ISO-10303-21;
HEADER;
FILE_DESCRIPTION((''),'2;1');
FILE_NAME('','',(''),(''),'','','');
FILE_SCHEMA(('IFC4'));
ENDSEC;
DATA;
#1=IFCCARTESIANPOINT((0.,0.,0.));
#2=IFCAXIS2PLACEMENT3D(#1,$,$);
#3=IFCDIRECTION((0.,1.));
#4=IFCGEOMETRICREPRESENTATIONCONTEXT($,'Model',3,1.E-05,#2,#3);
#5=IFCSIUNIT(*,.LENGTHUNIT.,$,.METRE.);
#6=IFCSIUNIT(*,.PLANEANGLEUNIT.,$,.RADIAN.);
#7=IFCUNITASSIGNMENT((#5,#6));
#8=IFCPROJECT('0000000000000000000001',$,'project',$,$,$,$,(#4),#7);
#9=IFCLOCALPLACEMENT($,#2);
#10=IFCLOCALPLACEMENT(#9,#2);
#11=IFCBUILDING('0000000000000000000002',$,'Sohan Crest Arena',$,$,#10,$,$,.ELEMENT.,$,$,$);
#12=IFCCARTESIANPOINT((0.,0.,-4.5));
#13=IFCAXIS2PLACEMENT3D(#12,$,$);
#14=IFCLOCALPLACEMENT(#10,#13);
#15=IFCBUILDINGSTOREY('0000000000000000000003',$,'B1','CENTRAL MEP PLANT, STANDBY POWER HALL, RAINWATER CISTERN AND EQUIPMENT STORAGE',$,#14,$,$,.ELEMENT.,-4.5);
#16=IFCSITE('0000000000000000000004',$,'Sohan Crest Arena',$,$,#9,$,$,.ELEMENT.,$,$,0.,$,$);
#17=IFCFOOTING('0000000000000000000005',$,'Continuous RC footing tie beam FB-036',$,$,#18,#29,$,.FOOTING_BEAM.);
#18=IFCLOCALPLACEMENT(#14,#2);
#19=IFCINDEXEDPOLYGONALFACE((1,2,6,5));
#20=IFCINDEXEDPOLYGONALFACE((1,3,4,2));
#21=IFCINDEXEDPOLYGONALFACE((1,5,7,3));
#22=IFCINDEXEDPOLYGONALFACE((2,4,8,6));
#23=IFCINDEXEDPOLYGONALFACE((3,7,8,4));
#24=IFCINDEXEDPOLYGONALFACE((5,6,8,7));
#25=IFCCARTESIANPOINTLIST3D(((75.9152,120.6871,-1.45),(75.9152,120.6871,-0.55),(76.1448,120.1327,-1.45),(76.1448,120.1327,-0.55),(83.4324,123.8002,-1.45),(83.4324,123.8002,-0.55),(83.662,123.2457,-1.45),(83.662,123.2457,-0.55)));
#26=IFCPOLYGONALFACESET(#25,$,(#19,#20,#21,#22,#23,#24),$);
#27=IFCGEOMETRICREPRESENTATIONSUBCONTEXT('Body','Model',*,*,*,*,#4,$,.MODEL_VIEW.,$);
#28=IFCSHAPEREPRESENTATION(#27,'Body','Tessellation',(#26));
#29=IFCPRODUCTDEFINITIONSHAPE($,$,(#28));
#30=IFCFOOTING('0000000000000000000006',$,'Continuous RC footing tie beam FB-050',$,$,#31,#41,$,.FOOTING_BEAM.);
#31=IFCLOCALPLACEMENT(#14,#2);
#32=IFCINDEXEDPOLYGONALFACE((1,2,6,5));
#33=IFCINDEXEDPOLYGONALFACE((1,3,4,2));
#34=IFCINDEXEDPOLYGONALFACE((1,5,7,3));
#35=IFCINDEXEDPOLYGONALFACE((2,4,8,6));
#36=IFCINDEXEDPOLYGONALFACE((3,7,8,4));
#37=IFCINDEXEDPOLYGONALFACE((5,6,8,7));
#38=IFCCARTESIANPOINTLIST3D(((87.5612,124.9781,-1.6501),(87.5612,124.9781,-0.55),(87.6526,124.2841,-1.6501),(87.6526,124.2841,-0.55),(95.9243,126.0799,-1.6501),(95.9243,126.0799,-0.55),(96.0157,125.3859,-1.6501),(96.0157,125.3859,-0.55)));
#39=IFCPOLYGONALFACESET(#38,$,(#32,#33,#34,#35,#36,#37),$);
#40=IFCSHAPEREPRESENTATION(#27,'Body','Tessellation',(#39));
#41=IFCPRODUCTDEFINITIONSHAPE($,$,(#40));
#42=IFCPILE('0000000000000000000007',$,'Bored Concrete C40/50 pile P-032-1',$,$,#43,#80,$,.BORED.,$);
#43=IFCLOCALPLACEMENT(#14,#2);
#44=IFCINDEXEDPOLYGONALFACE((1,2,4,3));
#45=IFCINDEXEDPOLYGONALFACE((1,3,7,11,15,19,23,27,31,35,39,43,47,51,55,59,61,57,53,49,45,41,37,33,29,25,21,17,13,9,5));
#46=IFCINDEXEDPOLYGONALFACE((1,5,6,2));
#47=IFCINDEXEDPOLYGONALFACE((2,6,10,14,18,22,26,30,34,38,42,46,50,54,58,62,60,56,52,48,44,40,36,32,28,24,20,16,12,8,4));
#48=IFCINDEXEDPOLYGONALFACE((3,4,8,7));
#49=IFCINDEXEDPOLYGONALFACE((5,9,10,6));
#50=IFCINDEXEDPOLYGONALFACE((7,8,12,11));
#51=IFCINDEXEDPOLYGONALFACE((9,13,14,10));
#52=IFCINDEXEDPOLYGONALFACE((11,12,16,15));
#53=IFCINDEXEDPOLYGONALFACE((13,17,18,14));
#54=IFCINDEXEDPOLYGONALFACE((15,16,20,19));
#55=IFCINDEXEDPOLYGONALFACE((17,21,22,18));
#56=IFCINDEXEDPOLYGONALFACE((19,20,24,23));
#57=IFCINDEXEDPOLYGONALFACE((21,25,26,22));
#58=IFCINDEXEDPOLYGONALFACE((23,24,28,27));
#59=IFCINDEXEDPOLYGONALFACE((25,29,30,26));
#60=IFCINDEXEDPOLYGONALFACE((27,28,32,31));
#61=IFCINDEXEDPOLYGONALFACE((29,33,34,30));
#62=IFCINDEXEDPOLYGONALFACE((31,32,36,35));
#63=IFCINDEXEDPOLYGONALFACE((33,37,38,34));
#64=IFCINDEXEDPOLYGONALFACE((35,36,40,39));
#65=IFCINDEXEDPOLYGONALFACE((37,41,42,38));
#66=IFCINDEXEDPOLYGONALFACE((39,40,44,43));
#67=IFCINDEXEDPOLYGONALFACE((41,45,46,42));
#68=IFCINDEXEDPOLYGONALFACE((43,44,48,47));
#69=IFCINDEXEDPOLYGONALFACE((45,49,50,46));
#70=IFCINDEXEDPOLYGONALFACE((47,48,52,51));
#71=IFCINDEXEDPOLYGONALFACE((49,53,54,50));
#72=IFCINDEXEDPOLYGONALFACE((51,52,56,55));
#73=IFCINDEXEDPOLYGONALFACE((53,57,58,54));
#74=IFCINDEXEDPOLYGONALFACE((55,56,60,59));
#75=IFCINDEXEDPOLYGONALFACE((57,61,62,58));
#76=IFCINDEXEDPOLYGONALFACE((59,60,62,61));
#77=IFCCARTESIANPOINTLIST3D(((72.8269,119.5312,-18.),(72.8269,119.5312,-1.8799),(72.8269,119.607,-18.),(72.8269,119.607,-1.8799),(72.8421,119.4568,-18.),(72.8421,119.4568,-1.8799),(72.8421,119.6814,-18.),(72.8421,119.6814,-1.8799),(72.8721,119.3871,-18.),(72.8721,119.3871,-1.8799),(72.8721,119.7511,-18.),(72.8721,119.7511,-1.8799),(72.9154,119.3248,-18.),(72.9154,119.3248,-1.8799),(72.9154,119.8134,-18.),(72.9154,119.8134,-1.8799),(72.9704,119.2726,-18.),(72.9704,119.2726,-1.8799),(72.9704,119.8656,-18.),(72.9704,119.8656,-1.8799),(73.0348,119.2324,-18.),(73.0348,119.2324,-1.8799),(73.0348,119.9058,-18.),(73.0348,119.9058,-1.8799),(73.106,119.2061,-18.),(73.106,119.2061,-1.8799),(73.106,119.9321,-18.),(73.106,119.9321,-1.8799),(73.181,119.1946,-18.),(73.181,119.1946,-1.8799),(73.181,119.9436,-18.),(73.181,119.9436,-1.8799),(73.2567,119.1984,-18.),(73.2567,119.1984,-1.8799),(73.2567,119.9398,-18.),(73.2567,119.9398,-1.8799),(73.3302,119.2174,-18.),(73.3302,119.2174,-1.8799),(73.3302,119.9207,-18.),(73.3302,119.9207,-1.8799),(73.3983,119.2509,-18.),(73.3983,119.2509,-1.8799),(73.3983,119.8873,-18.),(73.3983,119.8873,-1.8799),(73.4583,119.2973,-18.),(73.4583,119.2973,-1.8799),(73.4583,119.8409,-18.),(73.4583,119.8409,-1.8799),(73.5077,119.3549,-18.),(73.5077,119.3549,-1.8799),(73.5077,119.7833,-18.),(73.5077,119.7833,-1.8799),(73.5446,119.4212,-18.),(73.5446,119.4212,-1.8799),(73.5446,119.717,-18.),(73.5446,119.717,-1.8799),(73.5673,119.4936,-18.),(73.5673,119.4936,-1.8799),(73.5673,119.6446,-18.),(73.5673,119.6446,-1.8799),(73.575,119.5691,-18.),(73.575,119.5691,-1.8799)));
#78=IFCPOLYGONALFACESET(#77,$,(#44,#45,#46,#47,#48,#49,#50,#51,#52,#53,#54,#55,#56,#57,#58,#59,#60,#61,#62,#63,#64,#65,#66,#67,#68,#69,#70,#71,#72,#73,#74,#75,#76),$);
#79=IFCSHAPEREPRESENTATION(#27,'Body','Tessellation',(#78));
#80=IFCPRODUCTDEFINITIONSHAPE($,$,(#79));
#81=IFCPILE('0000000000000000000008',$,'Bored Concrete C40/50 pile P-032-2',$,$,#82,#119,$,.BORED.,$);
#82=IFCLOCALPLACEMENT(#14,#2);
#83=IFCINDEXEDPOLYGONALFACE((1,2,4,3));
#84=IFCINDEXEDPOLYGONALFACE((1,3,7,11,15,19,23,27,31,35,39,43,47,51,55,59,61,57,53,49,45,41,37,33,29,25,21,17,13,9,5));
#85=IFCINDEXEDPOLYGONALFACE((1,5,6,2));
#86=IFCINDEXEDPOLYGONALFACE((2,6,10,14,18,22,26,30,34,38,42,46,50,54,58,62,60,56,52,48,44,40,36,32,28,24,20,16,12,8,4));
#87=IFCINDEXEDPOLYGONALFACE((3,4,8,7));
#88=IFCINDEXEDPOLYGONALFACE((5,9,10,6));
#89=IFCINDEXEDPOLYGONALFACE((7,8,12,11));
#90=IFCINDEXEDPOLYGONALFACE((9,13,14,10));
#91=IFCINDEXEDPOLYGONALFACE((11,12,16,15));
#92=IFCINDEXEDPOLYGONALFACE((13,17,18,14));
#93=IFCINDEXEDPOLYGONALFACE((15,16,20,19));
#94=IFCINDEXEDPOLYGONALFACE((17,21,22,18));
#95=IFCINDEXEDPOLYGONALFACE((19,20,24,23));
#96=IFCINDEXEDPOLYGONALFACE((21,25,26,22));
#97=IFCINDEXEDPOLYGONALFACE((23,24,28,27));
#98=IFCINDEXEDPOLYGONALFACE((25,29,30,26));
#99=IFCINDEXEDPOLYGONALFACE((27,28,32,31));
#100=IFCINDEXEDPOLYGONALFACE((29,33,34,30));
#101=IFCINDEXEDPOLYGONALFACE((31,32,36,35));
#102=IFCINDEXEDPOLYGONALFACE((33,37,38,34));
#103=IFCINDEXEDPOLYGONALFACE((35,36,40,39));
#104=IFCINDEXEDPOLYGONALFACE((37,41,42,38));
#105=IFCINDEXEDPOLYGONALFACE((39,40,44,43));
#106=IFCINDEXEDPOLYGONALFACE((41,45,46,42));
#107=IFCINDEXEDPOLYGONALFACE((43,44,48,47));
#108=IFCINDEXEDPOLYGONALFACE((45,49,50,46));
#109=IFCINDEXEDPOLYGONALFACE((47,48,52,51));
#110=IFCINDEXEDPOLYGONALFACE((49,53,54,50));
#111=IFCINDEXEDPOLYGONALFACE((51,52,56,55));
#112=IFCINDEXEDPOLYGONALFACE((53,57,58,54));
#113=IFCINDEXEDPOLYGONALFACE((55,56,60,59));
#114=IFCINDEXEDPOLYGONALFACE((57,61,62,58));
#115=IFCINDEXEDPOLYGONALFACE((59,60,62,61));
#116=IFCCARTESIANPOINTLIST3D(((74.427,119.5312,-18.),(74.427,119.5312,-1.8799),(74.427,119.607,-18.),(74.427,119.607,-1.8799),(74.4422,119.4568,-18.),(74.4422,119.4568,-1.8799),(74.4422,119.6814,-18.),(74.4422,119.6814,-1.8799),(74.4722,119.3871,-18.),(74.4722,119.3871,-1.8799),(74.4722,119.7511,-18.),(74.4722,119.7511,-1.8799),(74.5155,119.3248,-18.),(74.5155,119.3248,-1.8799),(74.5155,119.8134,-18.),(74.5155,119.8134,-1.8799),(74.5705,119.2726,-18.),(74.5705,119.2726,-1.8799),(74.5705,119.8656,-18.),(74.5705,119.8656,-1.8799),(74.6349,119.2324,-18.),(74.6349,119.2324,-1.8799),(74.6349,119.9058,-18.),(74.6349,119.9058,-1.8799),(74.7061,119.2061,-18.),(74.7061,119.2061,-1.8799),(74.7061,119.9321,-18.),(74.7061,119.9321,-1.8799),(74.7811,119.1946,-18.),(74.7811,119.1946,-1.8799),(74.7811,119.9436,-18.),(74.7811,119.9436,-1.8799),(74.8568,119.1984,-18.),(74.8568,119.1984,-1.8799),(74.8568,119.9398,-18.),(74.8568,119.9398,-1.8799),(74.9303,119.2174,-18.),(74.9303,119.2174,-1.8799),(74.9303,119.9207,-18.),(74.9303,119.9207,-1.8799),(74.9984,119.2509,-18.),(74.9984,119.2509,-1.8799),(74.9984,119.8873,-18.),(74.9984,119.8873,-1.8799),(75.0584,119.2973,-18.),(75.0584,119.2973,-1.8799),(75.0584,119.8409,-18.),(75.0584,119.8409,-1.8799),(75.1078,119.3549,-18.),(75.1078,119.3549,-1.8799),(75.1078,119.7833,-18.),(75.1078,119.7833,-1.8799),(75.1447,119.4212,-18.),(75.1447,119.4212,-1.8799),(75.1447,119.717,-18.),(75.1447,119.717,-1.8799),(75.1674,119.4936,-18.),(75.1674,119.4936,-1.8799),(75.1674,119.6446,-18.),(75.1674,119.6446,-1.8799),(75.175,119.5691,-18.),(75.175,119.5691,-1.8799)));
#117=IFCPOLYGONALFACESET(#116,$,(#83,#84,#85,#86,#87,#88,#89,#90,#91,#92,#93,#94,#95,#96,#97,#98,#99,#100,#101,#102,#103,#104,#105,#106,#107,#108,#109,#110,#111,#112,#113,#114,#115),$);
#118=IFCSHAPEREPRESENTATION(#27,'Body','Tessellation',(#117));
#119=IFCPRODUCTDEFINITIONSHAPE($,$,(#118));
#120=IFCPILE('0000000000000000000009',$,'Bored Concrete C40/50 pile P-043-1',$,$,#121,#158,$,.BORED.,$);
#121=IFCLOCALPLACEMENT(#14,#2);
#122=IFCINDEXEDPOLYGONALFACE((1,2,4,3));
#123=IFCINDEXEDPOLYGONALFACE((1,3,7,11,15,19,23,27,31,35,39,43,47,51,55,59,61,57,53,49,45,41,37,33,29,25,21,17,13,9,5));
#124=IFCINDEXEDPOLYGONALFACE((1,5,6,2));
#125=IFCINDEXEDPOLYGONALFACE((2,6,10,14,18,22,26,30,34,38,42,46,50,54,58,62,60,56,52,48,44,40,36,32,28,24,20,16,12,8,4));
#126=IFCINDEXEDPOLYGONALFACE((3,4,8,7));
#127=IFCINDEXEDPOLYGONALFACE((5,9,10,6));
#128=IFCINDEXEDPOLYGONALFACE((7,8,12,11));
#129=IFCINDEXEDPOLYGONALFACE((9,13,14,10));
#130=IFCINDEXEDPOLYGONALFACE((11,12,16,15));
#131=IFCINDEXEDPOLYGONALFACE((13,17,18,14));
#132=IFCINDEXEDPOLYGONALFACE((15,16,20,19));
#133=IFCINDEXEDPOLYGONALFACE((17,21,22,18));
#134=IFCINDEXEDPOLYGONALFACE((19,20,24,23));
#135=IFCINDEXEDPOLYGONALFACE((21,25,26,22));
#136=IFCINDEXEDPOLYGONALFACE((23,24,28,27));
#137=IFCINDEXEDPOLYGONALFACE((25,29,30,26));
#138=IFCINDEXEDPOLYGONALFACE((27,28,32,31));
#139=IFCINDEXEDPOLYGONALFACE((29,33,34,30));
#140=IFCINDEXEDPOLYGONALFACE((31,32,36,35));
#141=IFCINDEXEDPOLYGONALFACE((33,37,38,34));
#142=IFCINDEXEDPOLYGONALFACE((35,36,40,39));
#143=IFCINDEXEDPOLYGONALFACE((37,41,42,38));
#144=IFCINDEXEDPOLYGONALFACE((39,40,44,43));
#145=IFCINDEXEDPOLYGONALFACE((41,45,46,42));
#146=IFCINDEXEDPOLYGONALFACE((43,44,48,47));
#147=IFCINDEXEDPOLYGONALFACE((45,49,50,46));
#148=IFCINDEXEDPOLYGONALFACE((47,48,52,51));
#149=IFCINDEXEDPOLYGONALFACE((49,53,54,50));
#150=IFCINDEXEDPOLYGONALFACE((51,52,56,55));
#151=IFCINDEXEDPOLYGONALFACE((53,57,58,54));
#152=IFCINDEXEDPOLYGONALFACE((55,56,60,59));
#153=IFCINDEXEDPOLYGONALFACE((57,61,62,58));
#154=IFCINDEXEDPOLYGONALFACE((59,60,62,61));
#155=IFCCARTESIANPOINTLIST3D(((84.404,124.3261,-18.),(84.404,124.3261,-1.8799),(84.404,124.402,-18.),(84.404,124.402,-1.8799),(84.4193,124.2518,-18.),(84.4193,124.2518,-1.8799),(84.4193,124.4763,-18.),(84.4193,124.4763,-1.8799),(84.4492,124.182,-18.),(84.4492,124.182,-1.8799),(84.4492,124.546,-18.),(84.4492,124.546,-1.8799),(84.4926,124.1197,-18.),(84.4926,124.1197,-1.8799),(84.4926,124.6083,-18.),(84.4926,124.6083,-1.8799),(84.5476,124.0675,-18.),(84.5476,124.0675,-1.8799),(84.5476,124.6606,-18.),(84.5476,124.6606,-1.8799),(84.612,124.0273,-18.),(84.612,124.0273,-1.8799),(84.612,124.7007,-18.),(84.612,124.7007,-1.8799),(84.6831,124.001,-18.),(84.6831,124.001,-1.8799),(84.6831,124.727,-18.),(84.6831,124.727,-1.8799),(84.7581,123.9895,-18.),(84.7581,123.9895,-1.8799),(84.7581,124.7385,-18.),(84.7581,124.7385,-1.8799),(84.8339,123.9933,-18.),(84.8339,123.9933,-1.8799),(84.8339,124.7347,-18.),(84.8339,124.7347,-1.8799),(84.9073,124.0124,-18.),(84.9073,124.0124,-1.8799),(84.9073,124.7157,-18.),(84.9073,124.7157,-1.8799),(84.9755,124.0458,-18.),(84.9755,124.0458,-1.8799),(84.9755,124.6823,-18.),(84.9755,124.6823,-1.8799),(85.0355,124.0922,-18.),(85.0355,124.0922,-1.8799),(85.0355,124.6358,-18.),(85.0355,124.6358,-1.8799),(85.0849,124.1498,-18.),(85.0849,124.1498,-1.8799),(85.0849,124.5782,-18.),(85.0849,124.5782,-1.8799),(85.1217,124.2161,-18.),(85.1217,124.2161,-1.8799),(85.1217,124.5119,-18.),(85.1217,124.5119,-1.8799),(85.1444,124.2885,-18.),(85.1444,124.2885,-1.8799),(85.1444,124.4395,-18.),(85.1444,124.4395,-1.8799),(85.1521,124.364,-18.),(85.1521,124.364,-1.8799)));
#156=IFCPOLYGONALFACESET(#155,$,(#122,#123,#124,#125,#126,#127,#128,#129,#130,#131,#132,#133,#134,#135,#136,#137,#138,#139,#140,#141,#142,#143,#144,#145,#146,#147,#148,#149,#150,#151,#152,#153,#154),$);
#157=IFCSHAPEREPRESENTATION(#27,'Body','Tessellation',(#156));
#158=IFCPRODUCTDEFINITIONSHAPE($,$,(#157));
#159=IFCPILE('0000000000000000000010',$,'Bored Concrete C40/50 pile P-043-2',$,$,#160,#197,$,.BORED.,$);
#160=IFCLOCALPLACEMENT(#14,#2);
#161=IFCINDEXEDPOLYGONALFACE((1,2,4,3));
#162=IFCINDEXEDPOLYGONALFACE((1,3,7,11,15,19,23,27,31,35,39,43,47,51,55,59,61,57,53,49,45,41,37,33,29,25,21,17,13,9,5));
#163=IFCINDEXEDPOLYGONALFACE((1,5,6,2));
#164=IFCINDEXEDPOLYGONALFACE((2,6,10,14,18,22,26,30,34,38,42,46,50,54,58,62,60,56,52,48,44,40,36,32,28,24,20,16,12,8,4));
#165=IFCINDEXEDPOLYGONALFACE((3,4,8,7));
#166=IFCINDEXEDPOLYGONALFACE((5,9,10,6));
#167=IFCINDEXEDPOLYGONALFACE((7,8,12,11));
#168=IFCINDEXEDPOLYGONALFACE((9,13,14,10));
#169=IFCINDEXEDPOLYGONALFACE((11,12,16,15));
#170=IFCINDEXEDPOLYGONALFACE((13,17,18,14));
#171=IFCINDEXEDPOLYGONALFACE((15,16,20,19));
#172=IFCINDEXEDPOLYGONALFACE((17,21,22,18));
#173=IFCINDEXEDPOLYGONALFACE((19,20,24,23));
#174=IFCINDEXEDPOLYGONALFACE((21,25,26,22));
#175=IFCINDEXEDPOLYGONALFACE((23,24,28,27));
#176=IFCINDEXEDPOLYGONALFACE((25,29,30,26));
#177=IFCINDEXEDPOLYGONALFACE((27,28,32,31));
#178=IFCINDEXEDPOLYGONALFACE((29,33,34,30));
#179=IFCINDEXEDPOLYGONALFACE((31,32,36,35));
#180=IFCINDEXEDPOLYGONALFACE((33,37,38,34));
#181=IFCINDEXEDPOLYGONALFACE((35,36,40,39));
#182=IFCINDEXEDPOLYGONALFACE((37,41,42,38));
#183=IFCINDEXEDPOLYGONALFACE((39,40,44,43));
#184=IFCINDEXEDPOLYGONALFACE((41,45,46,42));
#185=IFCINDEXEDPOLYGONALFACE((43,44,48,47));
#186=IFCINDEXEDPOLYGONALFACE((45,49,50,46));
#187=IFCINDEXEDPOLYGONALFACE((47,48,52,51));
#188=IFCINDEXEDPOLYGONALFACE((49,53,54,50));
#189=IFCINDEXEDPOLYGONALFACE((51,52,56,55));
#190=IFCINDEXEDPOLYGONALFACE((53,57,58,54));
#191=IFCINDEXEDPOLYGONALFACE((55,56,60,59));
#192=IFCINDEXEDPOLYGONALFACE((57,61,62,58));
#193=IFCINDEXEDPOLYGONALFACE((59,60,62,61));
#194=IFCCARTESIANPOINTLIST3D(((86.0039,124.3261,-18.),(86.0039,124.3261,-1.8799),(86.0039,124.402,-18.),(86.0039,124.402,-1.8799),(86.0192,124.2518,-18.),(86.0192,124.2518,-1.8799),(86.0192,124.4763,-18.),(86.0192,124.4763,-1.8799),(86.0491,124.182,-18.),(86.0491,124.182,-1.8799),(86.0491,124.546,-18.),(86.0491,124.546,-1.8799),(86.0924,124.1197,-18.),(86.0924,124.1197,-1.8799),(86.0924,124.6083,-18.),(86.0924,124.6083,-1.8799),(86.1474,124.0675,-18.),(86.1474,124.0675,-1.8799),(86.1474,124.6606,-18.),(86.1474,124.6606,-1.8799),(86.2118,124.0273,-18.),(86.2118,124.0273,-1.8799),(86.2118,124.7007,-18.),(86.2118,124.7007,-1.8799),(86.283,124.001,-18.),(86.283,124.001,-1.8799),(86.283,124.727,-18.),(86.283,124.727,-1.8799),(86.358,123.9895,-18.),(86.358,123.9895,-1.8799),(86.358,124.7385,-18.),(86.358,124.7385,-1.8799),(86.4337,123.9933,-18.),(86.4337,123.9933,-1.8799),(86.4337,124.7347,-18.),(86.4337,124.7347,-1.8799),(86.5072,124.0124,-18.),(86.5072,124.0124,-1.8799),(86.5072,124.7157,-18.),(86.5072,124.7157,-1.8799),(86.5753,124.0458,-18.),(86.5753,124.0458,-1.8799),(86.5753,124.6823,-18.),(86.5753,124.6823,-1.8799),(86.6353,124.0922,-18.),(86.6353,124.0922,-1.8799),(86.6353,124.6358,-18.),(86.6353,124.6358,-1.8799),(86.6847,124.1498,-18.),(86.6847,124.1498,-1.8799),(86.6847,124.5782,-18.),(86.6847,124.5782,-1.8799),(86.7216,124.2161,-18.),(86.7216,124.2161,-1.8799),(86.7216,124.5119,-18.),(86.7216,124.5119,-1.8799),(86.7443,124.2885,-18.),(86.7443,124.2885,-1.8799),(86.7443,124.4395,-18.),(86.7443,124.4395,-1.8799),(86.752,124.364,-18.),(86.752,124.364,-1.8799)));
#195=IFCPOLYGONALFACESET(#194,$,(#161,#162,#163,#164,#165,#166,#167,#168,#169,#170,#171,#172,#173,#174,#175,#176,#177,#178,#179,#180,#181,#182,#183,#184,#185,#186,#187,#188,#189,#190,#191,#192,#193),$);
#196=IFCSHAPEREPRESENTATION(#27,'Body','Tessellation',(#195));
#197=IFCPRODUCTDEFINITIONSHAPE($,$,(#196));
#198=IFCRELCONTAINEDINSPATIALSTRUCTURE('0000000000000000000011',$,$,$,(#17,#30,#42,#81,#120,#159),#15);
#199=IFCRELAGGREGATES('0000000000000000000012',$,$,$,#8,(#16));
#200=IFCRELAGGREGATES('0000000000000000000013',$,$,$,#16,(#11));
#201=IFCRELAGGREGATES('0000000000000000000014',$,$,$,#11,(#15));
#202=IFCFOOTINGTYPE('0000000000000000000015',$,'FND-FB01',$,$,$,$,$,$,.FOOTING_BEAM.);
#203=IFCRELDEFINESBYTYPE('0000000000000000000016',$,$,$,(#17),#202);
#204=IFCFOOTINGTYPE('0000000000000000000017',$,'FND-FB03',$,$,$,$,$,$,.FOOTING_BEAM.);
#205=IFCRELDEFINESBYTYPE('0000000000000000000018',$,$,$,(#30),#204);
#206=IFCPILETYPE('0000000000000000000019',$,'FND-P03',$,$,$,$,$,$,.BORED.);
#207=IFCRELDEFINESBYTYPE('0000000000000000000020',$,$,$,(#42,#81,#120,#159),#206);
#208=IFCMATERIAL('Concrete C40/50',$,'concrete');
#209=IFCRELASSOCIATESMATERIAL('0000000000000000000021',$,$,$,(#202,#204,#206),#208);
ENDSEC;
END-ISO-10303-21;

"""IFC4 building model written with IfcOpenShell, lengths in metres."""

from ifc_helpers import new_model, si_unit, direction, frame, origin, origin_2d, place, context, subcontext, project, spatial, rectangle, circle, extrude, material, material_profile, profile_set, type_object, element, save


model = new_model("IFC4")

# Units and contexts
model_context = context("Model", 3, precision=1e-05, world=origin(), true_north=direction((0.0, 1.0)))
body_context = subcontext(model_context, "Body", "Model", "MODEL_VIEW")
ifc_project = project(units=[si_unit("LENGTHUNIT", "METRE"), si_unit("PLANEANGLEUNIT", "RADIAN")], contexts=[model_context])

# Site, building, storey
site_placement = place(None, origin())
site = spatial("IfcSite", under=ifc_project, at=site_placement, Name="Sohan Crest Arena", CompositionType="ELEMENT", RefElevation=0.0)
building_placement = place(site_placement, origin())
building = spatial("IfcBuilding", under=site, at=building_placement, Name="Sohan Crest Arena", CompositionType="ELEMENT")
storey_placement = place(building_placement, frame((0.0, 0.0, -4.5)))
storey = spatial("IfcBuildingStorey", under=building, at=storey_placement, Name="B1", Description="CENTRAL MEP PLANT, STANDBY POWER HALL, RAINWATER CISTERN AND EQUIPMENT STORAGE", CompositionType="ELEMENT", Elevation=-4.5)

# Footings
ifc_material_1 = material(Name="Concrete C40/50", Category="concrete")
ifc_material_profile_1 = material_profile(ifc_material_1, rectangle(XDim=0.6001, YDim=0.8999, at=origin_2d()), Name="RC-FB 600x900")
ifc_profile_set_1 = profile_set([ifc_material_profile_1], Name="Concrete C40/50")
footing_type_1 = type_object("IfcFootingType", Name="FND-FB01", PredefinedType="FOOTING_BEAM", material=ifc_profile_set_1)
footing_1_placement = place(storey_placement, frame((76.03, 120.4099, -1.0), z_axis=(0.923907, 0.382616, 0.0), x_axis=(-0.382616, 0.923907, 0.0)))
element("IfcFooting", 1, at=footing_1_placement, inside=storey, type_object=footing_type_1, Name="Continuous RC footing tie beam FB-036", PredefinedType="FOOTING_BEAM", context=body_context, shape_type="SweptSolid", body=[
    extrude(rectangle(XDim=0.6001, YDim=0.8999, at=origin_2d()), origin(), (0.0, 0.0, 1.0), 8.1362),
])
ifc_material_profile_2 = material_profile(ifc_material_1, rectangle(XDim=0.7, YDim=1.1001, at=origin_2d()), Name="RC-FB 700x1100")
ifc_profile_set_2 = profile_set([ifc_material_profile_2], Name="Concrete C40/50")
footing_type_2 = type_object("IfcFootingType", Name="FND-FB03", PredefinedType="FOOTING_BEAM", material=ifc_profile_set_2)
footing_2_placement = place(storey_placement, frame((87.6069, 124.6311, -1.1001), z_axis=(0.991433, 0.130618, 0.0), x_axis=(-0.130618, 0.991433, 0.0)))
element("IfcFooting", 2, at=footing_2_placement, inside=storey, type_object=footing_type_2, Name="Continuous RC footing tie beam FB-050", PredefinedType="FOOTING_BEAM", context=body_context, shape_type="SweptSolid", body=[
    extrude(rectangle(XDim=0.7, YDim=1.1001, at=origin_2d()), origin(), (0.0, 0.0, 1.0), 8.4353),
])

# Piles
ifc_material_profile_3 = material_profile(ifc_material_1, circle(Radius=0.375, at=origin_2d()), Name="PILE D750")
ifc_profile_set_3 = profile_set([ifc_material_profile_3], Name="Concrete C40/50")
pile_type = type_object("IfcPileType", Name="FND-P03", PredefinedType="BORED", material=ifc_profile_set_3)
for number, where, z_axis, x_axis, name in (
    (3, (73.2, 119.5691, -18.0), (0.0, 0.0, 1.0), (1.0, 0.0, 0.0), "Bored Concrete C40/50 pile P-032-1"),
    (4, (74.8, 119.5691, -18.0), (0.0, 0.0, 1.0), (1.0, 0.0, 0.0), "Bored Concrete C40/50 pile P-032-2"),
    (5, (84.7771, 124.364, -18.0), (0.0, 0.0, 1.0), (1.0, 0.0, 0.0), "Bored Concrete C40/50 pile P-043-1"),
    (6, (86.377, 124.364, -18.0), (0.0, 0.0, 1.0), (1.0, 0.0, 0.0), "Bored Concrete C40/50 pile P-043-2"),
):
    element("IfcPile", number, at=place(storey_placement, frame(where, z_axis=z_axis, x_axis=x_axis)), inside=storey, type_object=pile_type, Name=name, PredefinedType="BORED", context=body_context, shape_type="SweptSolid", body=[
        extrude(circle(Radius=0.375, at=origin_2d()), origin(), (0.0, 0.0, 1.0), 16.1201),
    ])

save(model, "model.ifc")
